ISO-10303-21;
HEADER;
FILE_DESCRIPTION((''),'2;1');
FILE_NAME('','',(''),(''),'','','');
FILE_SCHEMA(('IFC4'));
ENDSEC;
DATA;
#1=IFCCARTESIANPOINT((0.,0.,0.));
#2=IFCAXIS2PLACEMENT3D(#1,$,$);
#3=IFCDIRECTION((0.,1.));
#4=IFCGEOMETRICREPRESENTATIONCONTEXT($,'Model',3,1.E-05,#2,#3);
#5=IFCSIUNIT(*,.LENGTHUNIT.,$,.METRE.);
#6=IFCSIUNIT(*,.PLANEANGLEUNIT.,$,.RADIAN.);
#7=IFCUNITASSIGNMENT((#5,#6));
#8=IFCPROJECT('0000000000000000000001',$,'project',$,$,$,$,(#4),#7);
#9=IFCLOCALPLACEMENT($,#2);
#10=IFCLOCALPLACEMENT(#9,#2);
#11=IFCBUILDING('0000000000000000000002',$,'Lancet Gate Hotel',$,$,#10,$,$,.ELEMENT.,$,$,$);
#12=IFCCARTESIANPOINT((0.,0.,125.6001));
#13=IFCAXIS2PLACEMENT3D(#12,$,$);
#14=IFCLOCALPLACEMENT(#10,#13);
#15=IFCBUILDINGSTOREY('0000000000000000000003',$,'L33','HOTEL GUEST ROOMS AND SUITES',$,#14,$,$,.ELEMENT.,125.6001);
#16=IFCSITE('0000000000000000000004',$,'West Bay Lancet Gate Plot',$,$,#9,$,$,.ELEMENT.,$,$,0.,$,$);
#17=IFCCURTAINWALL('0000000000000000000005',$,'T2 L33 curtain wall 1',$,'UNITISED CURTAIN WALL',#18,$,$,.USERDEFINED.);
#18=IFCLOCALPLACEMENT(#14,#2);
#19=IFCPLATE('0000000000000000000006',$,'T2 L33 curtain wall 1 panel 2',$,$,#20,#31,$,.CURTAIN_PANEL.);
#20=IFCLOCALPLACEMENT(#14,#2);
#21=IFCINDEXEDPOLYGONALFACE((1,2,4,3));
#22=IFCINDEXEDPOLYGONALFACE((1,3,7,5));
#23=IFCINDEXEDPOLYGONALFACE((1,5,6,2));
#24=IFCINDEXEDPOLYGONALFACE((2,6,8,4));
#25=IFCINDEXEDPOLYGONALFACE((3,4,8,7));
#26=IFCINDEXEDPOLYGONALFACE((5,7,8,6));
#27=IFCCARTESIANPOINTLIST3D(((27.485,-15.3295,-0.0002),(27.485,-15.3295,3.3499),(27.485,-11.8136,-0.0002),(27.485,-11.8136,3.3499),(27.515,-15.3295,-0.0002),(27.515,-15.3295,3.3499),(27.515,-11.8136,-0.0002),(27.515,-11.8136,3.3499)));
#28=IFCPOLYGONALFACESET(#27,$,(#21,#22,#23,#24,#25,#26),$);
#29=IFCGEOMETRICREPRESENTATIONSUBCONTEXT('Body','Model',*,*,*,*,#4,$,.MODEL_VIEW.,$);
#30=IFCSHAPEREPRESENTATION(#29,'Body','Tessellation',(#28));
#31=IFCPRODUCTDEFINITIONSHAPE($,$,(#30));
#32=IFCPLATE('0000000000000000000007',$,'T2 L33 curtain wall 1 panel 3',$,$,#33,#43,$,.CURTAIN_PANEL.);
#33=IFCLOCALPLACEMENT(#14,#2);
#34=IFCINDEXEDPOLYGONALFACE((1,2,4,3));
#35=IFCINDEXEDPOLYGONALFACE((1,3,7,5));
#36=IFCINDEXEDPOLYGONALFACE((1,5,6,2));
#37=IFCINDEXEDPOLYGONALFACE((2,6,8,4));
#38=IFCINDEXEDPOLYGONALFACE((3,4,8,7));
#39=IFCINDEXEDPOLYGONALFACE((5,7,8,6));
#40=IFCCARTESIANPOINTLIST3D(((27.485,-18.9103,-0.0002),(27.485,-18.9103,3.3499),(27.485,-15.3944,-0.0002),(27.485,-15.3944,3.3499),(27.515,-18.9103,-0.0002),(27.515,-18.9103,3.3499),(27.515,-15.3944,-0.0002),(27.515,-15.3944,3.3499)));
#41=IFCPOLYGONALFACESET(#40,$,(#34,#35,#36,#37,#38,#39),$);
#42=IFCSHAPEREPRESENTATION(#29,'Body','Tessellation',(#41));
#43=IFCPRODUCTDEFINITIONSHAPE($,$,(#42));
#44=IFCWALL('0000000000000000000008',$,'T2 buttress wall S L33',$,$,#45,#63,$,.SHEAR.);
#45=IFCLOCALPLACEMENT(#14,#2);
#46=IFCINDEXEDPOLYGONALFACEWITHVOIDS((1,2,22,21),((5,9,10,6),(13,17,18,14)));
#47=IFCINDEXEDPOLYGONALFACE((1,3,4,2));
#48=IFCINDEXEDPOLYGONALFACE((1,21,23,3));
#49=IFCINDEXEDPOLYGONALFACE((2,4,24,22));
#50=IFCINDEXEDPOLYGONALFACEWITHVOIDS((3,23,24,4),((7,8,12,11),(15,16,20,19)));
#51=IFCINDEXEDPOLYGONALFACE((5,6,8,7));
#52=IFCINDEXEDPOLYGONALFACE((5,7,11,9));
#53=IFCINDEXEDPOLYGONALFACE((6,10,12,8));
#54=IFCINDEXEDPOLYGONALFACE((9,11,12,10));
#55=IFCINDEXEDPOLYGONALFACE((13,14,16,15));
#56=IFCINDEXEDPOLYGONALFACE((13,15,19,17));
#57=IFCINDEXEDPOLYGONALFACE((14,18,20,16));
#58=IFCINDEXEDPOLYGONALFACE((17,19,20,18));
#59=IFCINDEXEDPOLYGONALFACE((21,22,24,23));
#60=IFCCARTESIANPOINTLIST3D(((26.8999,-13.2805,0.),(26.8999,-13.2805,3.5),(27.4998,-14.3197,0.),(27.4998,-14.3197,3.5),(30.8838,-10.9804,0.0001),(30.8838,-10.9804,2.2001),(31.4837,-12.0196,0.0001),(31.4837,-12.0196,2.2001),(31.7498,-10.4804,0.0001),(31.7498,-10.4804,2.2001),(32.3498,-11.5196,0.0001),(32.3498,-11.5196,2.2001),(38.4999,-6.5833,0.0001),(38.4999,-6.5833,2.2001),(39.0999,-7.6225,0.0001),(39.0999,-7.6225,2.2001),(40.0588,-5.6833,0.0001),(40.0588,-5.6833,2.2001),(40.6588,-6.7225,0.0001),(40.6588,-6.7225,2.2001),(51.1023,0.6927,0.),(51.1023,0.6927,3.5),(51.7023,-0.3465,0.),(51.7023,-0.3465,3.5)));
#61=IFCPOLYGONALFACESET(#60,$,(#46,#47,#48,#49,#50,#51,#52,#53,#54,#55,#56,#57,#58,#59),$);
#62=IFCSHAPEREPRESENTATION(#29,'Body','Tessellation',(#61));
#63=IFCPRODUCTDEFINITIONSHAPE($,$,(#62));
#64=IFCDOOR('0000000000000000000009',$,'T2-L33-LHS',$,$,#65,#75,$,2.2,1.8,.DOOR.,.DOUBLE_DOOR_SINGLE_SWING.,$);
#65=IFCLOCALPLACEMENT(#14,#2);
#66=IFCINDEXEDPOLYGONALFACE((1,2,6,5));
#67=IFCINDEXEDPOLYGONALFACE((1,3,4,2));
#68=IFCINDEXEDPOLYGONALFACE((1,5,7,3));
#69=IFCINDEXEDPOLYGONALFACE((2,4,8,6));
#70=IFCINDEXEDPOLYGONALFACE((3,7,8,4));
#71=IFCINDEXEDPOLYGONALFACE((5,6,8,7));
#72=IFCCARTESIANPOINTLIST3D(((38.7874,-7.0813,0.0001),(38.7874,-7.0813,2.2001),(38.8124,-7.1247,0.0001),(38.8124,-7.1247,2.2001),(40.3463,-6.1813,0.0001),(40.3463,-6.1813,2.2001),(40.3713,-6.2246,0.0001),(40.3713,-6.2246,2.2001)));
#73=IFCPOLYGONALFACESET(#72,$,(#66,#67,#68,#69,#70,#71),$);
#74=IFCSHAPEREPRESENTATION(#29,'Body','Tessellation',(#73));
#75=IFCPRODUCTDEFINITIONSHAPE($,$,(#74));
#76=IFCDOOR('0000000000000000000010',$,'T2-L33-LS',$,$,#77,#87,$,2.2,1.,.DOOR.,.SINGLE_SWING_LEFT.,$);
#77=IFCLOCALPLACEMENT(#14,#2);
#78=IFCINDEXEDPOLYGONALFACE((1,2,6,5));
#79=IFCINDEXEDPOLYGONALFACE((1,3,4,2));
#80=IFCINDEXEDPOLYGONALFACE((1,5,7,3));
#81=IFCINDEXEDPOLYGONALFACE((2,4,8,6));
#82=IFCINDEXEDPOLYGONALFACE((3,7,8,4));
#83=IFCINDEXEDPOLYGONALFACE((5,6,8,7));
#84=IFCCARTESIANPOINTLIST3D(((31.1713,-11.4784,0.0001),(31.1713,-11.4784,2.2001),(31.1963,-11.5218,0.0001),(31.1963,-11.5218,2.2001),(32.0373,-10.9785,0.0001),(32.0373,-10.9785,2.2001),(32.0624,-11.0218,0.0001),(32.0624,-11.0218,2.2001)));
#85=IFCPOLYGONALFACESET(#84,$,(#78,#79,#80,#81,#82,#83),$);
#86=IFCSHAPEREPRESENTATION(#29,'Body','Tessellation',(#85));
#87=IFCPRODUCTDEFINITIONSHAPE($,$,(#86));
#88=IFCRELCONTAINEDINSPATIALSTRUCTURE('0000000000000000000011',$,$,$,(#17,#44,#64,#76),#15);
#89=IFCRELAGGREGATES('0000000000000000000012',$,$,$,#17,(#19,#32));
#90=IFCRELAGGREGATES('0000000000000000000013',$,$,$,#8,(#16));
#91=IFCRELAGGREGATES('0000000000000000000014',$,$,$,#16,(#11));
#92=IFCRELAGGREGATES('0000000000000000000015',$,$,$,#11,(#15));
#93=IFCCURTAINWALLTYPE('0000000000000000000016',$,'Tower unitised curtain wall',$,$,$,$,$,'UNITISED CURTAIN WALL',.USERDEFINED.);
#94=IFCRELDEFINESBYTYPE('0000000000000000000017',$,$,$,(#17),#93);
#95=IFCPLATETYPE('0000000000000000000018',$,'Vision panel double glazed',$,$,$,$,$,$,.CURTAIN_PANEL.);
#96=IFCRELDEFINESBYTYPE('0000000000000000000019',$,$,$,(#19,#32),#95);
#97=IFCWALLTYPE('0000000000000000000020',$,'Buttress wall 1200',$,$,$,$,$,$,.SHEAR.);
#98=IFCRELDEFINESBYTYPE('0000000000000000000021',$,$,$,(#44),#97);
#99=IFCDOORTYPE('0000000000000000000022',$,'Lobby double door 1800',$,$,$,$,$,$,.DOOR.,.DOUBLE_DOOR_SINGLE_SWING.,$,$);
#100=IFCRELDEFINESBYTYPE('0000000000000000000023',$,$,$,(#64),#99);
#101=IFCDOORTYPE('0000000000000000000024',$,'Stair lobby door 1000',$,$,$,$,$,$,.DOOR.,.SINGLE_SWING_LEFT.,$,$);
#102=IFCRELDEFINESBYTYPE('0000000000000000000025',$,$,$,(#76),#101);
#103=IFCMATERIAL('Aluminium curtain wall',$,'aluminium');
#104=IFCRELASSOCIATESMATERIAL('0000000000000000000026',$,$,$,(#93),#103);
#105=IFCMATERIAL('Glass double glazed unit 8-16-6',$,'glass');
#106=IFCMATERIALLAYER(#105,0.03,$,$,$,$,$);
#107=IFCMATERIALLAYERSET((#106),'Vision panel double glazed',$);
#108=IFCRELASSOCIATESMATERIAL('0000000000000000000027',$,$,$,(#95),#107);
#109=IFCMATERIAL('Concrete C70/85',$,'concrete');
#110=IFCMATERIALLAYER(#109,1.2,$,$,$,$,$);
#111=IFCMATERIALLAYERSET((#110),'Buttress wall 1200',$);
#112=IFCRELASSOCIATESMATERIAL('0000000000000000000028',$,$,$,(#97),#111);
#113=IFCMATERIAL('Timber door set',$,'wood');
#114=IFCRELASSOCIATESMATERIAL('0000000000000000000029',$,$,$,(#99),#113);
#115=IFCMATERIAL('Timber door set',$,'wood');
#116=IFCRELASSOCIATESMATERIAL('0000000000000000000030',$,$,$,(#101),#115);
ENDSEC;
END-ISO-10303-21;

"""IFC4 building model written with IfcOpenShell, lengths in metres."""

from ifc_helpers import new_model, si_unit, direction, frame, frame_2d, origin, origin_2d, place, context, subcontext, project, spatial, rectangle, extrude, material, layer, layer_set, type_object, element, fill, aggregate, save


model = new_model("IFC4")

# Units and contexts
model_context = context("Model", 3, precision=1e-05, world=origin(), true_north=direction((0.0, 1.0)))
body_context = subcontext(model_context, "Body", "Model", "MODEL_VIEW")
ifc_project = project(units=[si_unit("LENGTHUNIT", "METRE"), si_unit("PLANEANGLEUNIT", "RADIAN")], contexts=[model_context])

# Site, building, storey
site_placement = place(None, origin())
site = spatial("IfcSite", under=ifc_project, at=site_placement, Name="West Bay Lancet Gate Plot", CompositionType="ELEMENT", RefElevation=0.0)
building_placement = place(site_placement, origin())
building = spatial("IfcBuilding", under=site, at=building_placement, Name="Lancet Gate Hotel", CompositionType="ELEMENT")
storey_placement = place(building_placement, frame((0.0, 0.0, 125.6001)))
storey = spatial("IfcBuildingStorey", under=building, at=storey_placement, Name="L33", Description="HOTEL GUEST ROOMS AND SUITES", CompositionType="ELEMENT", Elevation=125.6001)

# Curtain wall
ifc_material_1 = material(Name="Aluminium curtain wall", Category="aluminium")
curtain_wall_type = type_object("IfcCurtainWallType", Name="Tower unitised curtain wall", ElementType="UNITISED CURTAIN WALL", PredefinedType="USERDEFINED", material=ifc_material_1)
curtain_wall_placement = place(storey_placement, origin())
curtain_wall = element("IfcCurtainWall", 1, at=curtain_wall_placement, inside=storey, type_object=curtain_wall_type, Name="T2 L33 curtain wall 1", ObjectType="UNITISED CURTAIN WALL", PredefinedType="USERDEFINED")

# Plates
ifc_material_2 = material(Name="Glass double glazed unit 8-16-6", Category="glass")
ifc_layer_1 = layer(ifc_material_2, 0.03)
ifc_layer_set_1 = layer_set([ifc_layer_1], Name="Vision panel double glazed")
plate_type = type_object("IfcPlateType", Name="Vision panel double glazed", PredefinedType="CURTAIN_PANEL", material=ifc_layer_set_1)
plate_1_placement = place(storey_placement, frame((27.5, -13.5715, -0.0002), z_axis=(0.0, 0.0, 1.0), x_axis=(0.0, -1.0, 0.0)))
plate_1 = element("IfcPlate", 2, at=plate_1_placement, type_object=plate_type, Name="T2 L33 curtain wall 1 panel 2", PredefinedType="CURTAIN_PANEL", context=body_context, shape_type="SweptSolid", body=[
    extrude(rectangle(XDim=3.5159, YDim=0.03, at=origin_2d()), origin(), (0.0, 0.0, 1.0), 3.3501),
])
plate_2_placement = place(storey_placement, frame((27.5, -17.1523, -0.0002), z_axis=(0.0, 0.0, 1.0), x_axis=(0.0, -1.0, 0.0)))
plate_2 = element("IfcPlate", 3, at=plate_2_placement, type_object=plate_type, Name="T2 L33 curtain wall 1 panel 3", PredefinedType="CURTAIN_PANEL", context=body_context, shape_type="SweptSolid", body=[
    extrude(rectangle(XDim=3.5159, YDim=0.03, at=origin_2d()), origin(), (0.0, 0.0, 1.0), 3.3501),
])
aggregate(curtain_wall, [plate_1, plate_2])

# Wall, openings, doors
ifc_material_3 = material(Name="Concrete C70/85", Category="concrete")
ifc_layer_2 = layer(ifc_material_3, 1.2)
ifc_layer_set_2 = layer_set([ifc_layer_2], Name="Buttress wall 1200")
wall_type = type_object("IfcWallType", Name="Buttress wall 1200", PredefinedType="SHEAR", material=ifc_layer_set_2)
wall_placement = place(storey_placement, frame((27.2, -13.8, 0.0), z_axis=(0.0, 0.0, 1.0), x_axis=(0.866027, 0.499997, 0.0)))
wall = element("IfcWall", 4, at=wall_placement, inside=storey, type_object=wall_type, Name="T2 buttress wall S L33", PredefinedType="SHEAR", context=body_context, shape_type="SweptSolid", body=[
    extrude(rectangle(XDim=27.9465, YDim=1.2, at=frame_2d((13.9731, 0.0))), origin(), (0.0, 0.0, 1.0), 3.5),
])
opening_1_placement = place(wall_placement, frame((4.6001, 0.0, 0.0)))
opening_1 = element("IfcOpeningElement", 5, at=opening_1_placement, cuts=wall, PredefinedType="OPENING", context=body_context, shape_type="SweptSolid", body=[
    extrude(rectangle(XDim=1.0, YDim=2.2, at=frame_2d((0.5, 1.1001))), frame((0.0, 0.6099, 0.0), z_axis=(0.0, -1.0, 0.0), x_axis=(1.0, 0.0, 0.0)), (0.0, 0.0, 1.0), 1.22),
])
opening_2_placement = place(wall_placement, frame((13.3945, 0.0, 0.0)))
opening_2 = element("IfcOpeningElement", 6, at=opening_2_placement, cuts=wall, PredefinedType="OPENING", context=body_context, shape_type="SweptSolid", body=[
    extrude(rectangle(XDim=1.8, YDim=2.2, at=frame_2d((0.8999, 1.1001))), frame((0.0, 0.6099, 0.0), z_axis=(0.0, -1.0, 0.0), x_axis=(1.0, 0.0, 0.0)), (0.0, 0.0, 1.0), 1.22),
])
ifc_material_4 = material(Name="Timber door set", Category="wood")
door_type_1 = type_object("IfcDoorType", Name="Lobby double door 1800", OperationType="DOUBLE_DOOR_SINGLE_SWING", PredefinedType="DOOR", material=ifc_material_4)
door_1_placement = place(opening_2_placement, origin())
door_1 = element("IfcDoor", 7, at=door_1_placement, inside=storey, type_object=door_type_1, Name="T2-L33-LHS", OperationType="DOUBLE_DOOR_SINGLE_SWING", OverallHeight=2.2, OverallWidth=1.8, PredefinedType="DOOR", context=body_context, shape_type="SweptSolid", body=[
    extrude(rectangle(XDim=1.8, YDim=2.2, at=frame_2d((0.8999, 1.1001))), frame((0.0, 0.0249, 0.0), z_axis=(0.0, -1.0, 0.0), x_axis=(1.0, 0.0, 0.0)), (0.0, 0.0, 1.0), 0.05),
])
fill(opening_2, door_1)
ifc_material_5 = material(Name="Timber door set", Category="wood")
door_type_2 = type_object("IfcDoorType", Name="Stair lobby door 1000", OperationType="SINGLE_SWING_LEFT", PredefinedType="DOOR", material=ifc_material_5)
door_2_placement = place(opening_1_placement, origin())
door_2 = element("IfcDoor", 8, at=door_2_placement, inside=storey, type_object=door_type_2, Name="T2-L33-LS", OperationType="SINGLE_SWING_LEFT", OverallHeight=2.2, OverallWidth=1.0, PredefinedType="DOOR", context=body_context, shape_type="SweptSolid", body=[
    extrude(rectangle(XDim=1.0, YDim=2.2, at=frame_2d((0.5, 1.1001))), frame((0.0, 0.0249, 0.0), z_axis=(0.0, -1.0, 0.0), x_axis=(1.0, 0.0, 0.0)), (0.0, 0.0, 1.0), 0.05),
])
fill(opening_1, door_2)

save(model, "model.ifc")
